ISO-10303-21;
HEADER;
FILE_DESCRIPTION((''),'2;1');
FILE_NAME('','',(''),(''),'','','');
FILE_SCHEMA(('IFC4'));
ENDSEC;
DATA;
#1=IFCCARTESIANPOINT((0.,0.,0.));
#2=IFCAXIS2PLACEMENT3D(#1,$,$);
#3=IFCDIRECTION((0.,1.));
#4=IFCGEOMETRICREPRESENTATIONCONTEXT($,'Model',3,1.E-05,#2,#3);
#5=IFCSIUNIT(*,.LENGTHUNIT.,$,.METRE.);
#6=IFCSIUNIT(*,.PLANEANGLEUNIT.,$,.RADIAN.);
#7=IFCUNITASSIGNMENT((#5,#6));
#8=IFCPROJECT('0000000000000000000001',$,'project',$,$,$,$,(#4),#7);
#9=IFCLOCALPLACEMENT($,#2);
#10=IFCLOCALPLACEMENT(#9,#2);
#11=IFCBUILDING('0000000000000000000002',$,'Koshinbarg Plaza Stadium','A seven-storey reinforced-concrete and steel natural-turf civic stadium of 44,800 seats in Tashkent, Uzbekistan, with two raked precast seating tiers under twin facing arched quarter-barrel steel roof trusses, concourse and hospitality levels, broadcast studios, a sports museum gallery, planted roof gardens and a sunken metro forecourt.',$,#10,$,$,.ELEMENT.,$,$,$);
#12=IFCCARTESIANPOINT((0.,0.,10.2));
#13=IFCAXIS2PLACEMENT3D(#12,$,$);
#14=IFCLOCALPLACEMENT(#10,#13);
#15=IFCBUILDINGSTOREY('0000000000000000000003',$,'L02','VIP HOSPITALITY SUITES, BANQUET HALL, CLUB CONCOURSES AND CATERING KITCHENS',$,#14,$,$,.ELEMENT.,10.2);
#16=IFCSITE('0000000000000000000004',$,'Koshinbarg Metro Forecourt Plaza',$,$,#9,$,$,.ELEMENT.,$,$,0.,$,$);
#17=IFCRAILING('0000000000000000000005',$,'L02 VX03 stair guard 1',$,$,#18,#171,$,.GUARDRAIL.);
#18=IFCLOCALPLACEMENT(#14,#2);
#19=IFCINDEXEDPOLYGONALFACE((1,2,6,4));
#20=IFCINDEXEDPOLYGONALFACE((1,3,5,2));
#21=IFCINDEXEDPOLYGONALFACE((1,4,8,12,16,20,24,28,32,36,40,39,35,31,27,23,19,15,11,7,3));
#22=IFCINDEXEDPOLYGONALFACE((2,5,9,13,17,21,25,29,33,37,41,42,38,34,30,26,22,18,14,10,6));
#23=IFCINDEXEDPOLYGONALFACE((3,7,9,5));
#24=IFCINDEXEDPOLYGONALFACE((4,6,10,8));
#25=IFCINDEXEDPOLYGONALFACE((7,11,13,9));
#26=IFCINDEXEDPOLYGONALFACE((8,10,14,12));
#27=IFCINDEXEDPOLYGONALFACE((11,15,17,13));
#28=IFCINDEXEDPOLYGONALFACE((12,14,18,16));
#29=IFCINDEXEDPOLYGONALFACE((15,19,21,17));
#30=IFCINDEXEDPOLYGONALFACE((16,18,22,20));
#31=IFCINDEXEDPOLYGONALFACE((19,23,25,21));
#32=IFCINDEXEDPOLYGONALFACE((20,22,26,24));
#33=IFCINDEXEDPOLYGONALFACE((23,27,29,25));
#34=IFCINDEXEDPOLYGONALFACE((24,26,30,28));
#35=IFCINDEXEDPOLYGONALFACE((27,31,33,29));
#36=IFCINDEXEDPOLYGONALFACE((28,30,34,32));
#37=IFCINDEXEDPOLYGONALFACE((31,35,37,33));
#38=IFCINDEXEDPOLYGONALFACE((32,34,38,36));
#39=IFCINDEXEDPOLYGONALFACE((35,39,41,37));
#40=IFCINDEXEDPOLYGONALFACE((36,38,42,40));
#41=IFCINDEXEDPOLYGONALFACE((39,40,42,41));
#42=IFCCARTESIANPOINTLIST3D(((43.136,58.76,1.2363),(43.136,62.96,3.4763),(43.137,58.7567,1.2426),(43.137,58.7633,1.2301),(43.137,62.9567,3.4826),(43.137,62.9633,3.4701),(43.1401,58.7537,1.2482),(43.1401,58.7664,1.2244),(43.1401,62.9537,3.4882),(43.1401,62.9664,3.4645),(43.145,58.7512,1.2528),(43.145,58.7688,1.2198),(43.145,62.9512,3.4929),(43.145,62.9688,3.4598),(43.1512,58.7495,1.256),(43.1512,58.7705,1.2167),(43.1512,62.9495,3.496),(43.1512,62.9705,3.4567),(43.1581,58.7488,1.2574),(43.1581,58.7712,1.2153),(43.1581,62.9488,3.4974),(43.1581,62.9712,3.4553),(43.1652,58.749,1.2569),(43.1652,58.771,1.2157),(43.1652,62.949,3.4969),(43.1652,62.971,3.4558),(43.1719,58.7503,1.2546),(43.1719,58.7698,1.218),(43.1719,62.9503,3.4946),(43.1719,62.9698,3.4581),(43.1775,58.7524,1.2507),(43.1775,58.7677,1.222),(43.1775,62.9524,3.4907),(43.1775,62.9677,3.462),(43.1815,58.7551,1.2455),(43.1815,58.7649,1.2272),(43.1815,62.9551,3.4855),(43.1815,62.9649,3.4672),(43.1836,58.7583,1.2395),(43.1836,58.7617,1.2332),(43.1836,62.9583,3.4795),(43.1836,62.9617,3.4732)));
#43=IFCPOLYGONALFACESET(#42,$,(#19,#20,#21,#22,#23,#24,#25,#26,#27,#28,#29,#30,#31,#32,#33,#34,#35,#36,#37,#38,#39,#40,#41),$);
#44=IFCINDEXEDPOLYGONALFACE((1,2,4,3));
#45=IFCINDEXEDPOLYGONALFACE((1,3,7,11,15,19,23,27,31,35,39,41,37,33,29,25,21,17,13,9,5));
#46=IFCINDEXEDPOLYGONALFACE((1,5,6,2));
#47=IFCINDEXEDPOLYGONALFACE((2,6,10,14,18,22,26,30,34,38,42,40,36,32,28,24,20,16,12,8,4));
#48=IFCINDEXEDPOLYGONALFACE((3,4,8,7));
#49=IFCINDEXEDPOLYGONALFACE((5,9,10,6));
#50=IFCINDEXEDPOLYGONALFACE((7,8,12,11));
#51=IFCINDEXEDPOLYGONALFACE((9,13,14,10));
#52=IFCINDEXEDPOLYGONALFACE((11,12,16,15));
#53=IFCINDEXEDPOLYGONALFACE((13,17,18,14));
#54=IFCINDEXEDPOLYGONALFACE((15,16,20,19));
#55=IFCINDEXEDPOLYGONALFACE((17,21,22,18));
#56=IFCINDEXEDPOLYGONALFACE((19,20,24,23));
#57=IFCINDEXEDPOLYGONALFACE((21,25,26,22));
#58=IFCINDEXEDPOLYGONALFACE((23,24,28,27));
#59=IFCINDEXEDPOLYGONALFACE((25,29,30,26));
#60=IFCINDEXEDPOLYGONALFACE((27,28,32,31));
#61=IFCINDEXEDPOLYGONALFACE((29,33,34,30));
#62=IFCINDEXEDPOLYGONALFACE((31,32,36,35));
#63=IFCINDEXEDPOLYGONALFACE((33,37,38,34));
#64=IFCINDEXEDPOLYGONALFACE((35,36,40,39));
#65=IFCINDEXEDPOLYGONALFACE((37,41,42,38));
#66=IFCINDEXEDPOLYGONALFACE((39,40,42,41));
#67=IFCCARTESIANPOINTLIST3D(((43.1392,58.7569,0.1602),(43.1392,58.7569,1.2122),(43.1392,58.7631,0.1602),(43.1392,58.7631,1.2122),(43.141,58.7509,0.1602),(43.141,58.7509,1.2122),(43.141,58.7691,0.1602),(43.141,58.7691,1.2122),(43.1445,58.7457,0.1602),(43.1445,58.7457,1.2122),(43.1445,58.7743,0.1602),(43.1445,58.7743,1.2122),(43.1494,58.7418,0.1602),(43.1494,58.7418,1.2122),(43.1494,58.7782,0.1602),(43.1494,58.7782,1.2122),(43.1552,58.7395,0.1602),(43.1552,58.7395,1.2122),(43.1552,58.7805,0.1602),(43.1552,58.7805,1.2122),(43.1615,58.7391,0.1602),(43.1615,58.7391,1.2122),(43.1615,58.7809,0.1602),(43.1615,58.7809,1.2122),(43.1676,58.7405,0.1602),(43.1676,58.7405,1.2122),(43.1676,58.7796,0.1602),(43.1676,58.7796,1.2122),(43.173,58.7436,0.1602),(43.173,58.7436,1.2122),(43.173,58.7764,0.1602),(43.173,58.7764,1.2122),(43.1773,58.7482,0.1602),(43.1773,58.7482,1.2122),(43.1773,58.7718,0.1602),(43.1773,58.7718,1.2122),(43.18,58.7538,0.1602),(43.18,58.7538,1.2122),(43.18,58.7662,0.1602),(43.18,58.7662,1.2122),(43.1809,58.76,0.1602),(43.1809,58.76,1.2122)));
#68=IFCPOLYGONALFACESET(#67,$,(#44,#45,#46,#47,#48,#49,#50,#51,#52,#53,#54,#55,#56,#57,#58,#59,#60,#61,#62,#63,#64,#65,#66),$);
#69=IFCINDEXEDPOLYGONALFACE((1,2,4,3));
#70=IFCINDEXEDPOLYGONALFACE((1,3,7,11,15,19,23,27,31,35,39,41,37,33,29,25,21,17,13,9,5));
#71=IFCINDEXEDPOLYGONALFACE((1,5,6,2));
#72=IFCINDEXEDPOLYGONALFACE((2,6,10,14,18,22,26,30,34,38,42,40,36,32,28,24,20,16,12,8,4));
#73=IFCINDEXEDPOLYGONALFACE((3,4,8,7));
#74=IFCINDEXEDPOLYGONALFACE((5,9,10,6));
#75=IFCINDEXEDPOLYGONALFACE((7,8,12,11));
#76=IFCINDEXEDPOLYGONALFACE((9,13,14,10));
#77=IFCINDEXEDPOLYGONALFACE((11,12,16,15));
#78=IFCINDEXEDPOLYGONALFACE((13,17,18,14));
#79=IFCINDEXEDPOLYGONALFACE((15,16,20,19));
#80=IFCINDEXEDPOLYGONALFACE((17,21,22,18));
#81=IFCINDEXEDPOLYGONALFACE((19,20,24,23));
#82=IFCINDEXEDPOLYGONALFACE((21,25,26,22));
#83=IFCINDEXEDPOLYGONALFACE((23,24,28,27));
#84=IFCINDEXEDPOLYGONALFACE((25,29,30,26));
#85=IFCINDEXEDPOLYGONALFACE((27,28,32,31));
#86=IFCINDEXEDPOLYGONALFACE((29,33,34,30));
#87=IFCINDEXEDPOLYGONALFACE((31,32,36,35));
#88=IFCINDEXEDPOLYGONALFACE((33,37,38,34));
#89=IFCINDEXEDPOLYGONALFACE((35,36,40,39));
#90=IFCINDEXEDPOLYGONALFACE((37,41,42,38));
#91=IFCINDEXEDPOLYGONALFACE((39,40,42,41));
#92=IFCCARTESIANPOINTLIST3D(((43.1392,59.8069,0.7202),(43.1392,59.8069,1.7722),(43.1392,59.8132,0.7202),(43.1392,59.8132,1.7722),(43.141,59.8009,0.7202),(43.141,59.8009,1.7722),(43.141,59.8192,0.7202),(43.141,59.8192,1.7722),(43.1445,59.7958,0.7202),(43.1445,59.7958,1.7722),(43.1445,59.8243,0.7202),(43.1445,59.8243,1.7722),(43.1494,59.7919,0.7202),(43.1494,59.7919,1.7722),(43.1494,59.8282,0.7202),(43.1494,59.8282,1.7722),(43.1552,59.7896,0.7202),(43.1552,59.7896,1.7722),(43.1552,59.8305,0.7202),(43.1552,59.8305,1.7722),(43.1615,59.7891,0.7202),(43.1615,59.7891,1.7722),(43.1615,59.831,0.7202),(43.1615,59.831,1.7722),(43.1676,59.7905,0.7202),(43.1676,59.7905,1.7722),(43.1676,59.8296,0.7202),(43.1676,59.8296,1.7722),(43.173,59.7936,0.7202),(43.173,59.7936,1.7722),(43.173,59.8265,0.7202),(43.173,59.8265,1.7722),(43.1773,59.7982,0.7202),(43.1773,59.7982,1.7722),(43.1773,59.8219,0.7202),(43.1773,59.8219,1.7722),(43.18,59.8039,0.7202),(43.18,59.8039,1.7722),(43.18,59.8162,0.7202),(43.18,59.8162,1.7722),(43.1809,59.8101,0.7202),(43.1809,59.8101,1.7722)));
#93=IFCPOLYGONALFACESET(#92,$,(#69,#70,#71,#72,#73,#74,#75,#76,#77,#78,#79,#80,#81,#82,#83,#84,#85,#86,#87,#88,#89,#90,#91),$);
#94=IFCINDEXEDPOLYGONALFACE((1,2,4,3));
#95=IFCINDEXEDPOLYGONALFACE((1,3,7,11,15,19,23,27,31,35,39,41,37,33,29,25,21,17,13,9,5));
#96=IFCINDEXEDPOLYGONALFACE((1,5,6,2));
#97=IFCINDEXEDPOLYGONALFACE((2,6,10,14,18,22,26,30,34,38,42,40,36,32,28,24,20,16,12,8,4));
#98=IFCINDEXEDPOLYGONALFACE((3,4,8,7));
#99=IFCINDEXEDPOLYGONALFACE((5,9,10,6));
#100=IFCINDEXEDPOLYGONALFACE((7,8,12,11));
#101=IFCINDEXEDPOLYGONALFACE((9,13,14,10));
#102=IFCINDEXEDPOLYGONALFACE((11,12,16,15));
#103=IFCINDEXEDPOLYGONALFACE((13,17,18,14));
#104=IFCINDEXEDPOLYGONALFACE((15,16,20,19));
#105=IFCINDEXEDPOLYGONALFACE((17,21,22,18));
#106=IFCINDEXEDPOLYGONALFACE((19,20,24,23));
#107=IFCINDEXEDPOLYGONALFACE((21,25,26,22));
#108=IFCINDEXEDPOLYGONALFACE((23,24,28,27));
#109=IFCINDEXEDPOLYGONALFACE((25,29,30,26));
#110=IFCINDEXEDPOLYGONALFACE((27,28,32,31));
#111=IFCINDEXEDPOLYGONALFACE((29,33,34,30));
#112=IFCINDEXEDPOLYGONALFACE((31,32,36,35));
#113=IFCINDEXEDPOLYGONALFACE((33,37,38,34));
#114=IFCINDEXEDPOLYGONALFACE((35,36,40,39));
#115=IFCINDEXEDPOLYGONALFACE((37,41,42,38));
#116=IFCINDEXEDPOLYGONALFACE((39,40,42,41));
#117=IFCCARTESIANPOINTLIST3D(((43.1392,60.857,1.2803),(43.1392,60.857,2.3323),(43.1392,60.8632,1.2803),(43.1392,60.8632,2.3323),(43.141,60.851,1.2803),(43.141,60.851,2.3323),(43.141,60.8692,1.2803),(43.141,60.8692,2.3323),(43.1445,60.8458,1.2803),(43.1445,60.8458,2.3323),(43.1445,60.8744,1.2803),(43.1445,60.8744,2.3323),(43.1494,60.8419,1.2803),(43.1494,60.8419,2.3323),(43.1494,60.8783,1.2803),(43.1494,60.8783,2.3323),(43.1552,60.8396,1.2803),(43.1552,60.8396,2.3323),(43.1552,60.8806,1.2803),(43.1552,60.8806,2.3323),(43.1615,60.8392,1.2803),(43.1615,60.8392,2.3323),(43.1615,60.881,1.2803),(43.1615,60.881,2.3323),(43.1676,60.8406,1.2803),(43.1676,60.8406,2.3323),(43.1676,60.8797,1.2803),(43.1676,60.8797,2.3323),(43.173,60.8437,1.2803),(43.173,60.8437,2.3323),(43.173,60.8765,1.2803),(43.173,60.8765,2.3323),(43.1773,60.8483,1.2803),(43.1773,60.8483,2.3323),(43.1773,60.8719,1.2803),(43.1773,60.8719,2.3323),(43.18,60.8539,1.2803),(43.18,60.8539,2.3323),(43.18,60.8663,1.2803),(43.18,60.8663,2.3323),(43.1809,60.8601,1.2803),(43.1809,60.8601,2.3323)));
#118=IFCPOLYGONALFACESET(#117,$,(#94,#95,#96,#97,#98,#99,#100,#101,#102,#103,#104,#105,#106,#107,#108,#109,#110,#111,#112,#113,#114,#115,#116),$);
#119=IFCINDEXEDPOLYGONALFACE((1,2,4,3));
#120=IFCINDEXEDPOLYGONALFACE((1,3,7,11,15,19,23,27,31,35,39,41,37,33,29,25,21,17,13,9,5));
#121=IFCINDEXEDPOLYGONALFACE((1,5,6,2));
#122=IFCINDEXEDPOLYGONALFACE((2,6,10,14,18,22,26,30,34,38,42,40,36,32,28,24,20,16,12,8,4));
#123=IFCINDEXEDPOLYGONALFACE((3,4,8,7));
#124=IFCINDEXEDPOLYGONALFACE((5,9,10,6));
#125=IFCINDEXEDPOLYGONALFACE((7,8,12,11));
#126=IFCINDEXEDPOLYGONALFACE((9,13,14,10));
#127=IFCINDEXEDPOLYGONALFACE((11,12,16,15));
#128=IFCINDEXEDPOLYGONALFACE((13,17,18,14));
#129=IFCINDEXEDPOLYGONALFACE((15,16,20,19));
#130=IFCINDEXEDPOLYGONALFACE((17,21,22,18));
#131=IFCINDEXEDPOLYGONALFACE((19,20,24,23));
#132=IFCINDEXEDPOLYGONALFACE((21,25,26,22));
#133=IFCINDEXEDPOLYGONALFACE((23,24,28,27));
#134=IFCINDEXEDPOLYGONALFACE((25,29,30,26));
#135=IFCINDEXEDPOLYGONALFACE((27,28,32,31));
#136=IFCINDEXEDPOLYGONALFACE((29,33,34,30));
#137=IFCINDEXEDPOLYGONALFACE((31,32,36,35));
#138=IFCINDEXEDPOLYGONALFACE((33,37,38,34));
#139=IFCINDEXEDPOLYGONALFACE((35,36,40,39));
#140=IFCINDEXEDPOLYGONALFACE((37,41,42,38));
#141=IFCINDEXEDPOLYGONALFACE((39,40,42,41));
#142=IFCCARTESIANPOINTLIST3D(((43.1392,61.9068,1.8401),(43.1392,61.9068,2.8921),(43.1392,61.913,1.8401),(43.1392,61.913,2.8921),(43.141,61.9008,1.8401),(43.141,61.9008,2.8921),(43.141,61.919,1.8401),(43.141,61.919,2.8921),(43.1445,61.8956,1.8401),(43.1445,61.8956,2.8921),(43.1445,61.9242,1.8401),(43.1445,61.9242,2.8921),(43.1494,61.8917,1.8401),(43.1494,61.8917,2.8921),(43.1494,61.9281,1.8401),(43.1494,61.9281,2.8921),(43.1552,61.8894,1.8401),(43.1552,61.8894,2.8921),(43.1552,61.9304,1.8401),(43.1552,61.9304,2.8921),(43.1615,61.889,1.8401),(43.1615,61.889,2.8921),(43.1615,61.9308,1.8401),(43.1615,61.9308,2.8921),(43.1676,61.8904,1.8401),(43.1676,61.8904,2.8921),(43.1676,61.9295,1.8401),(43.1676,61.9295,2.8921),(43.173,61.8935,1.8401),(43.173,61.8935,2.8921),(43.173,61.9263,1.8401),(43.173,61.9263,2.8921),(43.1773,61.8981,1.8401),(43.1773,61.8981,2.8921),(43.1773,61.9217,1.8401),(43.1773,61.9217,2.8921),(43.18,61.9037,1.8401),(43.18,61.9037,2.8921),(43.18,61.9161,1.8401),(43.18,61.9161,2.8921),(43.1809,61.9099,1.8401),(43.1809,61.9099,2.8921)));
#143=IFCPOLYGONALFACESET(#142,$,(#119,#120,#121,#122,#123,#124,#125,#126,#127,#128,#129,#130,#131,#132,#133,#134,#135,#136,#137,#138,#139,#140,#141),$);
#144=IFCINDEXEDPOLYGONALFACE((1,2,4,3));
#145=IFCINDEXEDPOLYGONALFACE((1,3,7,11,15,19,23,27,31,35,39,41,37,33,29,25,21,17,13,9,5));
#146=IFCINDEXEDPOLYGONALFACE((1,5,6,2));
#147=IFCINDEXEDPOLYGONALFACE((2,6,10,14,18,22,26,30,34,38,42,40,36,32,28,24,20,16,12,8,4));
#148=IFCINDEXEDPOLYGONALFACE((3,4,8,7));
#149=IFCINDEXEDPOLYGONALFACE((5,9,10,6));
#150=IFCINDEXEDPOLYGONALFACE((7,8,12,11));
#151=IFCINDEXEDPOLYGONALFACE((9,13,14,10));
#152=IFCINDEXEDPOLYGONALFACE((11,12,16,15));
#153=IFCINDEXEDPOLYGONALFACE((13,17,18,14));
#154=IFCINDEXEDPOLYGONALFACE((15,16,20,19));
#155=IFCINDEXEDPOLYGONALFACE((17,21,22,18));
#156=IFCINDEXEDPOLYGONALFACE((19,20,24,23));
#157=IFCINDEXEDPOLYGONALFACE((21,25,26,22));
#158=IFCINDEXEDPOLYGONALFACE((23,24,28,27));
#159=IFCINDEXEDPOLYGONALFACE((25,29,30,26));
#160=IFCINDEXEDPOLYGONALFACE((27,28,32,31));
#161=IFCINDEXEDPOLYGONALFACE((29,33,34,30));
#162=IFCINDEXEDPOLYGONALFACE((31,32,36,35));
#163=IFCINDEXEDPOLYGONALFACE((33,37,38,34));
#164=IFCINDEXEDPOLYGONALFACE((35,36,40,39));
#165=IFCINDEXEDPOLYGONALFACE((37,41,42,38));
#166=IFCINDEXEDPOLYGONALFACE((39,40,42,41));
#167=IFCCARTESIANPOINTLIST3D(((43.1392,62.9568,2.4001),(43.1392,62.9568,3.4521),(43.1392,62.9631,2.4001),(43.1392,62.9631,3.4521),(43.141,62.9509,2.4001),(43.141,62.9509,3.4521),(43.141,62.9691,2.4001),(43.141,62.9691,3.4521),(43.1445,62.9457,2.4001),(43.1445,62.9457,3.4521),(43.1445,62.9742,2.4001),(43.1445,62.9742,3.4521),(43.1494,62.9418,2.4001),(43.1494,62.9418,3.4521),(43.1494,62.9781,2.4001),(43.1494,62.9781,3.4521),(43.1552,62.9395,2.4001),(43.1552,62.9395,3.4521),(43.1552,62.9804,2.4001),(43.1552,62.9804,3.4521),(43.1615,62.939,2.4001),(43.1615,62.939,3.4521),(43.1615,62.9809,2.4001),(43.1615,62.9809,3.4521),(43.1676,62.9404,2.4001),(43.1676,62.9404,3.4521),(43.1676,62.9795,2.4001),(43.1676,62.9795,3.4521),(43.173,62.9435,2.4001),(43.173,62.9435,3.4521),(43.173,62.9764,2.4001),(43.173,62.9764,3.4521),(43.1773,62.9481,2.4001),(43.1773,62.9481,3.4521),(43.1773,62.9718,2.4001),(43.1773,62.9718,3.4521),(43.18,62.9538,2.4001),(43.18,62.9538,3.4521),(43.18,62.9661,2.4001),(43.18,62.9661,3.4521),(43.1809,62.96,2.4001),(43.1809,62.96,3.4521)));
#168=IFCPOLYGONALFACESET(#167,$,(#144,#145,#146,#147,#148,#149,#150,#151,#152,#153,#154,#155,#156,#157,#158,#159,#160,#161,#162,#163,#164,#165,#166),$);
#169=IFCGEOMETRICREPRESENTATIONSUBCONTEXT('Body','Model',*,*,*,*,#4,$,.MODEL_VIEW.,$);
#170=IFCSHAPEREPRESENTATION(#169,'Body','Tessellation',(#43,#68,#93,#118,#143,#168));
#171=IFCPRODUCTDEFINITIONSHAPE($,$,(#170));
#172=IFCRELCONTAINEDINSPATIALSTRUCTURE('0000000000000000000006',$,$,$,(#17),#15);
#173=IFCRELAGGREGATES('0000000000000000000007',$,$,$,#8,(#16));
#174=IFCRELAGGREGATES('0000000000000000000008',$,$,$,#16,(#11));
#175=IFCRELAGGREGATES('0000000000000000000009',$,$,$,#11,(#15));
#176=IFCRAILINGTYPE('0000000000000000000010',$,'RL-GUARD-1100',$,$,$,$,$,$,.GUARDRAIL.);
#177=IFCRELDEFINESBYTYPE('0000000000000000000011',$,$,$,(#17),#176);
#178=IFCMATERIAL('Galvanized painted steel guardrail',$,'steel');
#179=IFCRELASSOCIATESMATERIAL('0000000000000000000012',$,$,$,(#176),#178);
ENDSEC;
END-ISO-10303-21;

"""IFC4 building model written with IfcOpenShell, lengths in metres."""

from ifc_helpers import new_model, si_unit, direction, frame, origin, origin_2d, place, context, subcontext, project, spatial, circle, extrude, material, type_object, element, save


model = new_model("IFC4")

# Units and contexts
model_context = context("Model", 3, precision=1e-05, world=origin(), true_north=direction((0.0, 1.0)))
body_context = subcontext(model_context, "Body", "Model", "MODEL_VIEW")
ifc_project = project(units=[si_unit("LENGTHUNIT", "METRE"), si_unit("PLANEANGLEUNIT", "RADIAN")], contexts=[model_context])

# Site, building, storey
site_placement = place(None, origin())
site = spatial("IfcSite", under=ifc_project, at=site_placement, Name="Koshinbarg Metro Forecourt Plaza", CompositionType="ELEMENT", RefElevation=0.0)
building_placement = place(site_placement, origin())
building = spatial("IfcBuilding", under=site, at=building_placement, Name="Koshinbarg Plaza Stadium", Description="A seven-storey reinforced-concrete and steel natural-turf civic stadium of 44,800 seats in Tashkent, Uzbekistan, with two raked precast seating tiers under twin facing arched quarter-barrel steel roof trusses, concourse and hospitality levels, broadcast studios, a sports museum gallery, planted roof gardens and a sunken metro forecourt.", CompositionType="ELEMENT")
storey_placement = place(building_placement, frame((0.0, 0.0, 10.2)))
storey = spatial("IfcBuildingStorey", under=building, at=storey_placement, Name="L02", Description="VIP HOSPITALITY SUITES, BANQUET HALL, CLUB CONCOURSES AND CATERING KITCHENS", CompositionType="ELEMENT", Elevation=10.2)

# Railing
ifc_material_1 = material(Name="Galvanized painted steel guardrail", Category="steel")
railing_type_1 = type_object("IfcRailingType", Name="RL-GUARD-1100", PredefinedType="GUARDRAIL", material=ifc_material_1)
railing_1_placement = place(storey_placement, frame((43.1599, 58.76, 0.1602)))
element("IfcRailing", 1, at=railing_1_placement, inside=storey, type_object=railing_type_1, Name="L02 VX03 stair guard 1", PredefinedType="GUARDRAIL", context=body_context, shape_type="SweptSolid", body=[
    extrude(circle(Radius=0.0239, at=origin_2d()), frame((0.0, 0.0, 1.0762), z_axis=(0.0, 0.882352, 0.470591), x_axis=(-1.0, 0.0, 0.0)), (0.0, 0.0, 1.0), 4.76),
    extrude(circle(Radius=0.021, at=origin_2d()), origin(), (0.0, 0.0, 1.0), 1.052),
    extrude(circle(Radius=0.021, at=origin_2d()), frame((0.0, 1.05, 0.5601)), (0.0, 0.0, 1.0), 1.052),
    extrude(circle(Radius=0.021, at=origin_2d()), frame((0.0, 2.1001, 1.1201)), (0.0, 0.0, 1.0), 1.052),
    extrude(circle(Radius=0.021, at=origin_2d()), frame((0.0, 3.1499, 1.6799)), (0.0, 0.0, 1.0), 1.052),
    extrude(circle(Radius=0.021, at=origin_2d()), frame((0.0, 4.2, 2.24)), (0.0, 0.0, 1.0), 1.052),
])

save(model, "model.ifc")
